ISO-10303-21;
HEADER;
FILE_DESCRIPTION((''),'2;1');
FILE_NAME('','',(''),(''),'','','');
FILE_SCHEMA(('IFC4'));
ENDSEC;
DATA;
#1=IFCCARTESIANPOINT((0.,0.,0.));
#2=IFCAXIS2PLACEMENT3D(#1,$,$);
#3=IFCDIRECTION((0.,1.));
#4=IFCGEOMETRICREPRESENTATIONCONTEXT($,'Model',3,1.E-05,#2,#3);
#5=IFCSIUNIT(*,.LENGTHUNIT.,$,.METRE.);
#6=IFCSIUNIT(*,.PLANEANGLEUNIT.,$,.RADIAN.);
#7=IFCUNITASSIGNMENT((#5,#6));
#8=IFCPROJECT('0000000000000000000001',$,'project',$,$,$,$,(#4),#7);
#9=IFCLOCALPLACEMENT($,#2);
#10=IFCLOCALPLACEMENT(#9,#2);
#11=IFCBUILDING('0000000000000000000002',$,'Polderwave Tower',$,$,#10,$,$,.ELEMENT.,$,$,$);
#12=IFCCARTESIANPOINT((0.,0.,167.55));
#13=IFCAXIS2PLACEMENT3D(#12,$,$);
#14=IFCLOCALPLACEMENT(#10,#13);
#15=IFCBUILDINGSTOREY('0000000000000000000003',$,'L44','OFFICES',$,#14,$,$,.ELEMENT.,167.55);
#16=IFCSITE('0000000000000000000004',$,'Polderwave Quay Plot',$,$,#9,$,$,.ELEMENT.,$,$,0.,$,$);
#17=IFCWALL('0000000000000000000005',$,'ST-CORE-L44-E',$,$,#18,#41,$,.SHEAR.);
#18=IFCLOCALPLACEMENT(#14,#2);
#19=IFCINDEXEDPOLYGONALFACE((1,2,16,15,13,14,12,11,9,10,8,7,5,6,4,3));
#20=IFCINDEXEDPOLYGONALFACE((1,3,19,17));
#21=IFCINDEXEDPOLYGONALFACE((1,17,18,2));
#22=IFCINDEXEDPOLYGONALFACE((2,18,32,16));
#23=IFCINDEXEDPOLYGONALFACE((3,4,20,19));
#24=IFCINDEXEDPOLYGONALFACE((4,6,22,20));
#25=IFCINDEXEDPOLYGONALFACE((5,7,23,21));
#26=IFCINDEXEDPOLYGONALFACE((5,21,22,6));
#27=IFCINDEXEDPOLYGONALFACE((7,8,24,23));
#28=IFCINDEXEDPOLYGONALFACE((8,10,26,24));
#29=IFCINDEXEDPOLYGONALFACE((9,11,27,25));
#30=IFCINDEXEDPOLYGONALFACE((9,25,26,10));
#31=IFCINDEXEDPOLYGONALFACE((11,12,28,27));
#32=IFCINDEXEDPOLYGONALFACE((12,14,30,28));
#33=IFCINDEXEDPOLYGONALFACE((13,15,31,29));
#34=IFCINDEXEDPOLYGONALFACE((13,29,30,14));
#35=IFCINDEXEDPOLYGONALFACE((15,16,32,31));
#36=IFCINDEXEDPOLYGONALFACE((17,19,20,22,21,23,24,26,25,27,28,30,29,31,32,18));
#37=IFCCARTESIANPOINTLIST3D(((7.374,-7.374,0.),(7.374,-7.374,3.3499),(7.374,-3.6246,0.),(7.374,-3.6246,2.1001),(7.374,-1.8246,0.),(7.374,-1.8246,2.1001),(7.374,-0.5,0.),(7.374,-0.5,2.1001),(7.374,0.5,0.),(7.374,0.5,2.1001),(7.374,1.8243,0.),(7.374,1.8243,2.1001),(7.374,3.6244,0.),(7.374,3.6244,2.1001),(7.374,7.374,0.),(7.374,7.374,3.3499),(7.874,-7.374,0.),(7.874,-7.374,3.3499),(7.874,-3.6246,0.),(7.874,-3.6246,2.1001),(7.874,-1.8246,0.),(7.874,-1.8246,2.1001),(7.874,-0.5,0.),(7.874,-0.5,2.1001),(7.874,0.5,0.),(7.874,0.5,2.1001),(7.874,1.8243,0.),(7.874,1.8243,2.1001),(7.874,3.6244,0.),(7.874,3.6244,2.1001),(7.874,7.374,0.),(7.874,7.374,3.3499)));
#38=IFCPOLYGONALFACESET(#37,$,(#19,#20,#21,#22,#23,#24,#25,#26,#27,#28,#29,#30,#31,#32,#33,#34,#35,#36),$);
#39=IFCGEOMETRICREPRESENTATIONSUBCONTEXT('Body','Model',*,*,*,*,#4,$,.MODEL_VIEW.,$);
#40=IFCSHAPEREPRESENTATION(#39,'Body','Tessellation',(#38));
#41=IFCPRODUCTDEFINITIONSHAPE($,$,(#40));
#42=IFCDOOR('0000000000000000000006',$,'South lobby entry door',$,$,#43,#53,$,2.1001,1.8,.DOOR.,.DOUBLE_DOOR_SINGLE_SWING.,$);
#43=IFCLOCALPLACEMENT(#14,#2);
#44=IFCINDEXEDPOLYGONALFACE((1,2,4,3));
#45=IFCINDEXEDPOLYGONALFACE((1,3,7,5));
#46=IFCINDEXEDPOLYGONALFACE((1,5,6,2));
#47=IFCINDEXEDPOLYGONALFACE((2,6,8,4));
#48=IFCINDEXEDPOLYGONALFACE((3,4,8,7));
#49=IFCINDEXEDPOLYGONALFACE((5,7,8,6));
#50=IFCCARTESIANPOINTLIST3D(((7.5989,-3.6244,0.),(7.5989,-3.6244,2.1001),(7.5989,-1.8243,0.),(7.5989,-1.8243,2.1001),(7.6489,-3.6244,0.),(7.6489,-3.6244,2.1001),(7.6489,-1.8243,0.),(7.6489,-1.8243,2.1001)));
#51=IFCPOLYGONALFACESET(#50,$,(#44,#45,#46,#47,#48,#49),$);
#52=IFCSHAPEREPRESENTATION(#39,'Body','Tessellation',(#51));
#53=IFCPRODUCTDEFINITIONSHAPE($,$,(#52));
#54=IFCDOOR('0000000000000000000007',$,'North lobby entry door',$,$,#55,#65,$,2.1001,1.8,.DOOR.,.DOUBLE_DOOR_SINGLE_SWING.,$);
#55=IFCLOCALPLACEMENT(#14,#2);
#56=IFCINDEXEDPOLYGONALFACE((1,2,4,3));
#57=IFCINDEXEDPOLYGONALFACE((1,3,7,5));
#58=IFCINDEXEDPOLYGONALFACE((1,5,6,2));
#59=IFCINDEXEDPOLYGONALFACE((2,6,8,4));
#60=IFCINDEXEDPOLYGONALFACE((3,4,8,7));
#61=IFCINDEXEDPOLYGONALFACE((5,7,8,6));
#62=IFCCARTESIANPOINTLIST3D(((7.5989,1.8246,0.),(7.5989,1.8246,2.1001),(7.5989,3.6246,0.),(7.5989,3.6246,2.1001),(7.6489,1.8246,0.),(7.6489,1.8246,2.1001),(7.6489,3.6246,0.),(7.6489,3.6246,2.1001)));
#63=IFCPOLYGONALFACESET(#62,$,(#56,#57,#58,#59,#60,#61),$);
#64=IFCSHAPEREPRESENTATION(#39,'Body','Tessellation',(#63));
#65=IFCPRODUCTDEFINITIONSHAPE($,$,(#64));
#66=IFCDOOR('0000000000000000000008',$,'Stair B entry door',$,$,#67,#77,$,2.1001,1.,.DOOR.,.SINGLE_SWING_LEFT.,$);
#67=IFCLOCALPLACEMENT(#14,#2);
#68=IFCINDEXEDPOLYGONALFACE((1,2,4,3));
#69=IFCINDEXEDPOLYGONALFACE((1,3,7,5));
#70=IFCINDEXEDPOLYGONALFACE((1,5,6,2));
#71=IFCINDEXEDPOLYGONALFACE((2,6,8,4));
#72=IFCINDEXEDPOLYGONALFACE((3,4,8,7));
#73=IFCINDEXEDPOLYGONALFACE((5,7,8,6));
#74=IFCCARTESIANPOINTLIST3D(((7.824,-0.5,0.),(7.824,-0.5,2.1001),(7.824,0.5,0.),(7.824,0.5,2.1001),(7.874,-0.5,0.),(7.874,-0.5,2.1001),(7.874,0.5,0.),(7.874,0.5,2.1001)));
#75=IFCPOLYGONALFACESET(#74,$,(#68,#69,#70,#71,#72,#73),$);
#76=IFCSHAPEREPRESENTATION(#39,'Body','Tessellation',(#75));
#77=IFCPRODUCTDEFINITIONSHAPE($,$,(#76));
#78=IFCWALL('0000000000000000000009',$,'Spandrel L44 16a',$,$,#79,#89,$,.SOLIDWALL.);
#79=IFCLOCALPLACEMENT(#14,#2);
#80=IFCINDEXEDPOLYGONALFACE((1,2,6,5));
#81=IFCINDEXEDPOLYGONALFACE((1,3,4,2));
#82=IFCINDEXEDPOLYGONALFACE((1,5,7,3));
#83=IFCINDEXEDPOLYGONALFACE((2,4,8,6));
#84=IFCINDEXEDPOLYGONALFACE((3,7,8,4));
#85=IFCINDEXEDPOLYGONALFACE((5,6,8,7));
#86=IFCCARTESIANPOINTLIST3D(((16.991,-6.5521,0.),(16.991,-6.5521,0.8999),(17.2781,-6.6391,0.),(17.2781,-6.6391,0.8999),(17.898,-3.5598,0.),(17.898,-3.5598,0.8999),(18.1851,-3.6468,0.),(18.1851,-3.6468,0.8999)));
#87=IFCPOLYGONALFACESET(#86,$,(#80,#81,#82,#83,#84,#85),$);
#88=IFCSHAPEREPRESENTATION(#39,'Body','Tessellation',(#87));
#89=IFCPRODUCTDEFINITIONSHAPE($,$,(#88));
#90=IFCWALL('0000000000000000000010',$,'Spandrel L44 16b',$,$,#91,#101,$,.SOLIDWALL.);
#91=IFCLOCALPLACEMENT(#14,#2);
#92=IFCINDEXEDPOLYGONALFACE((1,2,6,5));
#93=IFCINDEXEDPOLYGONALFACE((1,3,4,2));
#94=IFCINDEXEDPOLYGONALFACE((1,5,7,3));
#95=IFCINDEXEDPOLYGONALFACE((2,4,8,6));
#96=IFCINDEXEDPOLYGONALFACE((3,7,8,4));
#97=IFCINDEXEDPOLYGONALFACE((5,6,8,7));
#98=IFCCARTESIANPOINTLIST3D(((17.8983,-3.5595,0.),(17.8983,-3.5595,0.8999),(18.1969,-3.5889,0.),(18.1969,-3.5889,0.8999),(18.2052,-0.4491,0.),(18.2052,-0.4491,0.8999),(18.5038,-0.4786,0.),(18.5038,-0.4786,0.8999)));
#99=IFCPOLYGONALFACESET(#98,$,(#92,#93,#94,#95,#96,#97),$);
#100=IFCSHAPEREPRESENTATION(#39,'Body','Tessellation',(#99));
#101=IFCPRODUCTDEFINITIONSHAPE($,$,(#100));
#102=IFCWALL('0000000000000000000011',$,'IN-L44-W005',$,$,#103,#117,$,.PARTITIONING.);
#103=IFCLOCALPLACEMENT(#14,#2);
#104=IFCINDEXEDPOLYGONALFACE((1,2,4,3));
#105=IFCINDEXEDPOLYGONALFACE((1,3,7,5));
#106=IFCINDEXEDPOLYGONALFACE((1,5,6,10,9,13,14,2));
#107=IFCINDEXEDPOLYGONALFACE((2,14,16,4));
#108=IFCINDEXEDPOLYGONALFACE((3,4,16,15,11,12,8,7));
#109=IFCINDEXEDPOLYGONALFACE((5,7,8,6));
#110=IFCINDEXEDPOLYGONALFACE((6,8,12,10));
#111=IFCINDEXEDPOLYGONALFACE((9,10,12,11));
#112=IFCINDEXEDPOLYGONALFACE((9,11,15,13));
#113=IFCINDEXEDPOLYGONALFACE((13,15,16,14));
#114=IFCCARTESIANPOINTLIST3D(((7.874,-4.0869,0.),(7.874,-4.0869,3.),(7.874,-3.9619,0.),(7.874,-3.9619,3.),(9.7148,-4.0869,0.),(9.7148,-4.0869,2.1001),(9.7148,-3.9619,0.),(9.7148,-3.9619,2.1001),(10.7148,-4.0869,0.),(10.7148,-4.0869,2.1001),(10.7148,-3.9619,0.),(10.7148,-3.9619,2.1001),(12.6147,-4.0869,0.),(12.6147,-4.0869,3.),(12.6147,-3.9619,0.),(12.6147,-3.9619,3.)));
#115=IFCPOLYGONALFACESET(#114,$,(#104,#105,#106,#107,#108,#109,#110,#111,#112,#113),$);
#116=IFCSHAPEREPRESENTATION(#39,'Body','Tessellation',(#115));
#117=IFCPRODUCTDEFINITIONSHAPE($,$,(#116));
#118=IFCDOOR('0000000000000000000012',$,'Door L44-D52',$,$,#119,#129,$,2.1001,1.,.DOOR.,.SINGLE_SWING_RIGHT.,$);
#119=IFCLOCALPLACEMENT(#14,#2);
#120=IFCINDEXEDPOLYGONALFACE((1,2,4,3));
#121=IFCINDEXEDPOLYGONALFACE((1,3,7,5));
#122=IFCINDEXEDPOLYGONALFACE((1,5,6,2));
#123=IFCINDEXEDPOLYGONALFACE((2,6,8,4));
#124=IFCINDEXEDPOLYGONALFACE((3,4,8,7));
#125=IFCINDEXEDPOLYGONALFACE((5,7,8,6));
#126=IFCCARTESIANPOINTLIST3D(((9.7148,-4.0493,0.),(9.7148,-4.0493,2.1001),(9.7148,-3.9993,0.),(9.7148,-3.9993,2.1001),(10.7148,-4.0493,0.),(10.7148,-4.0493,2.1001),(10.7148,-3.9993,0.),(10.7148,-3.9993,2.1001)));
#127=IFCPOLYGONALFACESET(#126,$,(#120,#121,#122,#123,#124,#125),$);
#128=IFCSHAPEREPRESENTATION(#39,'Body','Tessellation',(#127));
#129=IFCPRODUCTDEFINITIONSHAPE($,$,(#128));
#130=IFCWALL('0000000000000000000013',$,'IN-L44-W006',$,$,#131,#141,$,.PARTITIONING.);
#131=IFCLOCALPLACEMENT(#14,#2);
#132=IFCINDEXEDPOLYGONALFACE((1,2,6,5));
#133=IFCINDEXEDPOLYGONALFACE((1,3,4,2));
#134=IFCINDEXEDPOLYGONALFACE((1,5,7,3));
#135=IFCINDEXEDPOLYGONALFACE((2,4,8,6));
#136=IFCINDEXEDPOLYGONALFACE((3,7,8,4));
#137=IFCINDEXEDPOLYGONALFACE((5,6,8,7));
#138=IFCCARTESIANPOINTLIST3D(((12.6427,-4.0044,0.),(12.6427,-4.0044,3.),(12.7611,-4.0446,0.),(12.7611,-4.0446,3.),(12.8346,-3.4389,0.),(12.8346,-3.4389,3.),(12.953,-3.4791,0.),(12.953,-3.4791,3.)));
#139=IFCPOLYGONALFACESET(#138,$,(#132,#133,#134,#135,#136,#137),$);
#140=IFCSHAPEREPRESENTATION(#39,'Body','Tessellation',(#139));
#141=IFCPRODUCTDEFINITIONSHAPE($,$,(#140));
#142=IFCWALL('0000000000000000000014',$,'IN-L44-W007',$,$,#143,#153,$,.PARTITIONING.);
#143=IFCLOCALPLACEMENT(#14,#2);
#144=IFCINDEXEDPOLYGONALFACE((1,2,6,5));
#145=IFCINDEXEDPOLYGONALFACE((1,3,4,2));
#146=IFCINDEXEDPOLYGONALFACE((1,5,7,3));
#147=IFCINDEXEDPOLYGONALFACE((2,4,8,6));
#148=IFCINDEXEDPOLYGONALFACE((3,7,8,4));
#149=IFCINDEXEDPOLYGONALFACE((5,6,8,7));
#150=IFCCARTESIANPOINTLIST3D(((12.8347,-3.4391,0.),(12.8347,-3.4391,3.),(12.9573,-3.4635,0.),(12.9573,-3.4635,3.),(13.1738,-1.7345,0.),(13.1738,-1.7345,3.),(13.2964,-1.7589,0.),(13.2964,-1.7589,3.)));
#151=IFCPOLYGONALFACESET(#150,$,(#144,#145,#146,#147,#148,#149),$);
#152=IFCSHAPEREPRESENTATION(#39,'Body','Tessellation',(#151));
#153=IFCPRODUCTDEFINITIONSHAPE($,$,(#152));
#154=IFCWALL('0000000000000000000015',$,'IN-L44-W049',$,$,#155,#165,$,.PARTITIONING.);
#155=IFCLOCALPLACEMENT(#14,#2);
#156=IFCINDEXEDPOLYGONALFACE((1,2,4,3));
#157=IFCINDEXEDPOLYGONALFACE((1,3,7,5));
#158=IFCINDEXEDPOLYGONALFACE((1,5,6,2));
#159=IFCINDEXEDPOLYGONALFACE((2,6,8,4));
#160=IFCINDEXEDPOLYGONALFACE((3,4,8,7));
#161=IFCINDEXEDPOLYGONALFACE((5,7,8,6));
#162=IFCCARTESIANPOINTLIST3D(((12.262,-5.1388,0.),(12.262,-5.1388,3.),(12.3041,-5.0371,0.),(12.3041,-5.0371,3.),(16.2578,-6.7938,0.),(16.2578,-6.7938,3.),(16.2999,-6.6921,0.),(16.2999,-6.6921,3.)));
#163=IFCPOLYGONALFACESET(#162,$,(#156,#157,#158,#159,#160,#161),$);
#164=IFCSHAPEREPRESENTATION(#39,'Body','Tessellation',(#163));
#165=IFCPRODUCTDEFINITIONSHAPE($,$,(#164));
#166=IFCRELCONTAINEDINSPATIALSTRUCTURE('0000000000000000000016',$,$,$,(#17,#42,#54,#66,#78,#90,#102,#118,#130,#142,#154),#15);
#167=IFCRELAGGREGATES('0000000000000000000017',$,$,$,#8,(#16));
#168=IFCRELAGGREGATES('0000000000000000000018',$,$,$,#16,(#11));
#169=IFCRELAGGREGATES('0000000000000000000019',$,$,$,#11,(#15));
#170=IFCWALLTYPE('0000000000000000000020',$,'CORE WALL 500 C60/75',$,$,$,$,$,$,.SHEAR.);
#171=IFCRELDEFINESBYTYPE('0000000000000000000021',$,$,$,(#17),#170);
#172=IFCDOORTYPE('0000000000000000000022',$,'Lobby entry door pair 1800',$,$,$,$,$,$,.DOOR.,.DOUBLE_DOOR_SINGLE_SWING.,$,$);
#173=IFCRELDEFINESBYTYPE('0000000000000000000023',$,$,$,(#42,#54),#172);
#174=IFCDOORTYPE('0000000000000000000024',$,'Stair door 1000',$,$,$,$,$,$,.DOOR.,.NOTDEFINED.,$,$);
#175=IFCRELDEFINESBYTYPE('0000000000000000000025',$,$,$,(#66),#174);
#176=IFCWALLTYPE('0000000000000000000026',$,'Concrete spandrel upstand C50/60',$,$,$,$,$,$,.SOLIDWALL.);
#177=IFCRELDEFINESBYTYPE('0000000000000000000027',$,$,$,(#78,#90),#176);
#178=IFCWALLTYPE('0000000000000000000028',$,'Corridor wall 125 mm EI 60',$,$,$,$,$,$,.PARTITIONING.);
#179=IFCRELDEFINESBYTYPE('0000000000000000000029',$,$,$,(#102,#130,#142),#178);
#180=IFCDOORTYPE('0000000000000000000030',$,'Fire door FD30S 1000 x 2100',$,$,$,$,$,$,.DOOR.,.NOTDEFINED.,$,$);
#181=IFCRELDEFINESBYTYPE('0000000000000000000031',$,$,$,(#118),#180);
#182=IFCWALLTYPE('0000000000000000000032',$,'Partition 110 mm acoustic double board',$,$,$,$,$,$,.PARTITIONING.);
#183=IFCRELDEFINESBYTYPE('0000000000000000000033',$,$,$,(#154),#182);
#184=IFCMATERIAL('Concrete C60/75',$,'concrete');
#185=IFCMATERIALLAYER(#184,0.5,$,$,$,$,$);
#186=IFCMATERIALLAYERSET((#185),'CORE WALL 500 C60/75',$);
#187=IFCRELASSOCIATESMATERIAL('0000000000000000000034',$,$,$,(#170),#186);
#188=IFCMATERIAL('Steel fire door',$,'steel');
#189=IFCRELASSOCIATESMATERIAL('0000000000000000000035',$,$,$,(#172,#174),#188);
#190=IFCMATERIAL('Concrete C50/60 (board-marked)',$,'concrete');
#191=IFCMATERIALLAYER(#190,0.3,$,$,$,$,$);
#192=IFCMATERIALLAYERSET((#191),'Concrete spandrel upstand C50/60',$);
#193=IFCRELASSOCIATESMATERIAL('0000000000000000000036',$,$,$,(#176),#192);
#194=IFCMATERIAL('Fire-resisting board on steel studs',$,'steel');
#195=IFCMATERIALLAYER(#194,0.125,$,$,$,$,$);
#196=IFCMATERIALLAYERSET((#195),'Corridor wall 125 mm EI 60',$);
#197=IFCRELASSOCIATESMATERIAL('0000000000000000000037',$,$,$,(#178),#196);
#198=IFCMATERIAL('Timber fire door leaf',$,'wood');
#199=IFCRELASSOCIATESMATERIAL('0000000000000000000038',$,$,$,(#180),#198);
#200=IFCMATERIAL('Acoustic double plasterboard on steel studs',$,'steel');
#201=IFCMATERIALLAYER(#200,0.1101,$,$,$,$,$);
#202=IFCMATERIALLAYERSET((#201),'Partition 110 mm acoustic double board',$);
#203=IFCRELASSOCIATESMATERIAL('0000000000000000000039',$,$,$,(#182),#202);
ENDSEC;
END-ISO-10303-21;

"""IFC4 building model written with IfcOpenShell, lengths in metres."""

from ifc_helpers import new_model, si_unit, direction, frame, frame_2d, origin, place, context, subcontext, project, spatial, rectangle, extrude, material, layer, layer_set, type_object, element, fill, save


model = new_model("IFC4")

# Units and contexts
model_context = context("Model", 3, precision=1e-05, world=origin(), true_north=direction((0.0, 1.0)))
body_context = subcontext(model_context, "Body", "Model", "MODEL_VIEW")
ifc_project = project(units=[si_unit("LENGTHUNIT", "METRE"), si_unit("PLANEANGLEUNIT", "RADIAN")], contexts=[model_context])

# Site, building, storey
site_placement = place(None, origin())
site = spatial("IfcSite", under=ifc_project, at=site_placement, Name="Polderwave Quay Plot", CompositionType="ELEMENT", RefElevation=0.0)
building_placement = place(site_placement, origin())
building = spatial("IfcBuilding", under=site, at=building_placement, Name="Polderwave Tower", CompositionType="ELEMENT")
storey_placement = place(building_placement, frame((0.0, 0.0, 167.55)))
storey = spatial("IfcBuildingStorey", under=building, at=storey_placement, Name="L44", Description="OFFICES", CompositionType="ELEMENT", Elevation=167.55)

# Shared definitions
ifc_material_1 = material(Name="Concrete C60/75", Category="concrete")

# Wall, openings, doors
ifc_layer_1 = layer(ifc_material_1, 0.5)
ifc_layer_set_1 = layer_set([ifc_layer_1], Name="CORE WALL 500 C60/75")
wall_type_1 = type_object("IfcWallType", Name="CORE WALL 500 C60/75", PredefinedType="SHEAR", material=ifc_layer_set_1)
wall_1_placement = place(storey_placement, frame((7.624, -7.374, 0.0), z_axis=(0.0, 0.0, 1.0), x_axis=(0.0, 1.0, 0.0)))
wall_1 = element("IfcWall", 1, at=wall_1_placement, inside=storey, type_object=wall_type_1, Name="ST-CORE-L44-E", PredefinedType="SHEAR", context=body_context, shape_type="SweptSolid", body=[
    extrude(rectangle(XDim=14.748, YDim=0.5, at=frame_2d((7.374, 0.0))), origin(), (0.0, 0.0, 1.0), 3.3499),
])
opening_1_placement = place(wall_1_placement, frame((6.874, 0.0, 0.0)))
opening_1 = element("IfcOpeningElement", 2, at=opening_1_placement, cuts=wall_1, PredefinedType="OPENING", context=body_context, shape_type="SweptSolid", body=[
    extrude(rectangle(XDim=1.0, YDim=2.1001, at=frame_2d((0.5, 1.05))), frame((0.0, 0.26, 0.0), z_axis=(0.0, -1.0, 0.0), x_axis=(1.0, 0.0, 0.0)), (0.0, 0.0, 1.0), 0.52),
])
opening_2_placement = place(wall_1_placement, frame((3.7495, 0.0, 0.0)))
opening_2 = element("IfcOpeningElement", 3, at=opening_2_placement, cuts=wall_1, PredefinedType="OPENING", context=body_context, shape_type="SweptSolid", body=[
    extrude(rectangle(XDim=1.8, YDim=2.1001, at=frame_2d((0.8999, 1.05))), frame((0.0, 0.26, 0.0), z_axis=(0.0, -1.0, 0.0), x_axis=(1.0, 0.0, 0.0)), (0.0, 0.0, 1.0), 0.52),
])
opening_3_placement = place(wall_1_placement, frame((9.1985, 0.0, 0.0)))
opening_3 = element("IfcOpeningElement", 4, at=opening_3_placement, cuts=wall_1, PredefinedType="OPENING", context=body_context, shape_type="SweptSolid", body=[
    extrude(rectangle(XDim=1.8, YDim=2.1001, at=frame_2d((0.8999, 1.05))), frame((0.0, 0.26, 0.0), z_axis=(0.0, -1.0, 0.0), x_axis=(1.0, 0.0, 0.0)), (0.0, 0.0, 1.0), 0.52),
])
ifc_material_2 = material(Name="Steel fire door", Category="steel")
door_type_1 = type_object("IfcDoorType", Name="Lobby entry door pair 1800", OperationType="DOUBLE_DOOR_SINGLE_SWING", PredefinedType="DOOR", material=ifc_material_2)
door_1_placement = place(opening_2_placement, frame((1.8, 0.0, 0.0), z_axis=(0.0, 0.0, 1.0), x_axis=(-1.0, 0.0, 0.0)))
door_1 = element("IfcDoor", 5, at=door_1_placement, inside=storey, type_object=door_type_1, Name="South lobby entry door", OperationType="DOUBLE_DOOR_SINGLE_SWING", OverallHeight=2.1001, OverallWidth=1.8, PredefinedType="DOOR", context=body_context, shape_type="SweptSolid", body=[
    extrude(rectangle(XDim=1.8, YDim=2.1001, at=frame_2d((0.8999, 1.05))), frame((0.0, 0.0249, 0.0), z_axis=(0.0, -1.0, 0.0), x_axis=(1.0, 0.0, 0.0)), (0.0, 0.0, 1.0), 0.05),
])
fill(opening_2, door_1)
door_2_placement = place(opening_3_placement, frame((1.8, 0.0, 0.0), z_axis=(0.0, 0.0, 1.0), x_axis=(-1.0, 0.0, 0.0)))
door_2 = element("IfcDoor", 6, at=door_2_placement, inside=storey, type_object=door_type_1, Name="North lobby entry door", OperationType="DOUBLE_DOOR_SINGLE_SWING", OverallHeight=2.1001, OverallWidth=1.8, PredefinedType="DOOR", context=body_context, shape_type="SweptSolid", body=[
    extrude(rectangle(XDim=1.8, YDim=2.1001, at=frame_2d((0.8999, 1.05))), frame((0.0, 0.0249, 0.0), z_axis=(0.0, -1.0, 0.0), x_axis=(1.0, 0.0, 0.0)), (0.0, 0.0, 1.0), 0.05),
])
fill(opening_3, door_2)
door_type_2 = type_object("IfcDoorType", Name="Stair door 1000", OperationType="NOTDEFINED", PredefinedType="DOOR", material=ifc_material_2)
door_3_placement = place(opening_1_placement, frame((1.0, 0.0, 0.0), z_axis=(0.0, 0.0, 1.0), x_axis=(-1.0, 0.0, 0.0)))
door_3 = element("IfcDoor", 7, at=door_3_placement, inside=storey, type_object=door_type_2, Name="Stair B entry door", OperationType="SINGLE_SWING_LEFT", OverallHeight=2.1001, OverallWidth=1.0, PredefinedType="DOOR", context=body_context, shape_type="SweptSolid", body=[
    extrude(rectangle(XDim=1.0, YDim=2.1001, at=frame_2d((0.5, 1.05))), frame((0.0, 0.25, 0.0), z_axis=(0.0, -1.0, 0.0), x_axis=(1.0, 0.0, 0.0)), (0.0, 0.0, 1.0), 0.05),
])
fill(opening_1, door_3)

# Walls
ifc_material_3 = material(Name="Concrete C50/60 (board-marked)", Category="concrete")
ifc_layer_2 = layer(ifc_material_3, 0.3)
ifc_layer_set_2 = layer_set([ifc_layer_2], Name="Concrete spandrel upstand C50/60")
wall_type_2 = type_object("IfcWallType", Name="Concrete spandrel upstand C50/60", PredefinedType="SOLIDWALL", material=ifc_layer_set_2)
wall_2_placement = place(storey_placement, frame((17.1345, -6.5957, 0.0), z_axis=(0.0, 0.0, 1.0), x_axis=(0.290083, 0.957001, 0.0)))
element("IfcWall", 8, at=wall_2_placement, inside=storey, type_object=wall_type_2, Name="Spandrel L44 16a", PredefinedType="SOLIDWALL", context=body_context, shape_type="SweptSolid", body=[
    extrude(rectangle(XDim=3.1267, YDim=0.3, at=frame_2d((1.5635, 0.0))), origin(), (0.0, 0.0, 1.0), 0.8999),
])
wall_3_placement = place(storey_placement, frame((18.0476, -3.5742, 0.0), z_axis=(0.0, 0.0, 1.0), x_axis=(0.098189, 0.995168, 0.0)))
element("IfcWall", 9, at=wall_3_placement, inside=storey, type_object=wall_type_2, Name="Spandrel L44 16b", PredefinedType="SOLIDWALL", context=body_context, shape_type="SweptSolid", body=[
    extrude(rectangle(XDim=3.1255, YDim=0.3, at=frame_2d((1.5627, 0.0))), origin(), (0.0, 0.0, 1.0), 0.8999),
])

# Wall, opening, door
ifc_material_4 = material(Name="Fire-resisting board on steel studs", Category="steel")
ifc_layer_3 = layer(ifc_material_4, 0.125)
ifc_layer_set_3 = layer_set([ifc_layer_3], Name="Corridor wall 125 mm EI 60")
wall_type_3 = type_object("IfcWallType", Name="Corridor wall 125 mm EI 60", PredefinedType="PARTITIONING", material=ifc_layer_set_3)
wall_4_placement = place(storey_placement, frame((12.6147, -4.0244, 0.0), z_axis=(0.0, 0.0, 1.0), x_axis=(-1.0, 0.0, 0.0)))
wall_4 = element("IfcWall", 10, at=wall_4_placement, inside=storey, type_object=wall_type_3, Name="IN-L44-W005", PredefinedType="PARTITIONING", context=body_context, shape_type="SweptSolid", body=[
    extrude(rectangle(XDim=4.7407, YDim=0.125, at=frame_2d((2.3704, 0.0))), origin(), (0.0, 0.0, 1.0), 3.0),
])
opening_4_placement = place(wall_4_placement, frame((1.8999, 0.0, 0.0)))
opening_4 = element("IfcOpeningElement", 11, at=opening_4_placement, cuts=wall_4, PredefinedType="OPENING", context=body_context, shape_type="SweptSolid", body=[
    extrude(rectangle(XDim=1.0, YDim=2.1001, at=frame_2d((0.5, 1.05))), frame((0.0, 0.0725, 0.0), z_axis=(0.0, -1.0, 0.0), x_axis=(1.0, 0.0, 0.0)), (0.0, 0.0, 1.0), 0.145),
])
ifc_material_5 = material(Name="Timber fire door leaf", Category="wood")
door_type_3 = type_object("IfcDoorType", Name="Fire door FD30S 1000 x 2100", OperationType="NOTDEFINED", PredefinedType="DOOR", material=ifc_material_5)
door_4_placement = place(opening_4_placement, origin())
door_4 = element("IfcDoor", 12, at=door_4_placement, inside=storey, type_object=door_type_3, Name="Door L44-D52", OperationType="SINGLE_SWING_RIGHT", OverallHeight=2.1001, OverallWidth=1.0, PredefinedType="DOOR", context=body_context, shape_type="SweptSolid", body=[
    extrude(rectangle(XDim=1.0, YDim=2.1001, at=frame_2d((0.5, 1.05))), frame((0.0, 0.0249, 0.0), z_axis=(0.0, -1.0, 0.0), x_axis=(1.0, 0.0, 0.0)), (0.0, 0.0, 1.0), 0.05),
])
fill(opening_4, door_4)

# Walls
wall_5_placement = place(storey_placement, frame((12.8938, -3.459, 0.0), z_axis=(0.0, 0.0, 1.0), x_axis=(-0.321375, -0.946952, 0.0)))
element("IfcWall", 13, at=wall_5_placement, inside=storey, type_object=wall_type_3, Name="IN-L44-W006", PredefinedType="PARTITIONING", context=body_context, shape_type="SweptSolid", body=[
    extrude(rectangle(XDim=0.5972, YDim=0.125, at=frame_2d((0.2986, 0.0))), origin(), (0.0, 0.0, 1.0), 3.0),
])
wall_6_placement = place(storey_placement, frame((13.2351, -1.7466, 0.0), z_axis=(0.0, 0.0, 1.0), x_axis=(-0.195117, -0.98078, 0.0)))
element("IfcWall", 14, at=wall_6_placement, inside=storey, type_object=wall_type_3, Name="IN-L44-W007", PredefinedType="PARTITIONING", context=body_context, shape_type="SweptSolid", body=[
    extrude(rectangle(XDim=1.738, YDim=0.125, at=frame_2d((0.8691, 0.0))), origin(), (0.0, 0.0, 1.0), 3.0),
])
ifc_material_6 = material(Name="Acoustic double plasterboard on steel studs", Category="steel")
ifc_layer_4 = layer(ifc_material_6, 0.1101)
ifc_layer_set_4 = layer_set([ifc_layer_4], Name="Partition 110 mm acoustic double board")
wall_type_4 = type_object("IfcWallType", Name="Partition 110 mm acoustic double board", PredefinedType="PARTITIONING", material=ifc_layer_set_4)
wall_7_placement = place(storey_placement, frame((12.283, -5.0879, 0.0), z_axis=(0.0, 0.0, 1.0), x_axis=(0.923888, -0.382663, 0.0)))
element("IfcWall", 15, at=wall_7_placement, inside=storey, type_object=wall_type_4, Name="IN-L44-W049", PredefinedType="PARTITIONING", context=body_context, shape_type="SweptSolid", body=[
    extrude(rectangle(XDim=4.325, YDim=0.1101, at=frame_2d((2.1626, 0.0))), origin(), (0.0, 0.0, 1.0), 3.0),
])

save(model, "model.ifc")
